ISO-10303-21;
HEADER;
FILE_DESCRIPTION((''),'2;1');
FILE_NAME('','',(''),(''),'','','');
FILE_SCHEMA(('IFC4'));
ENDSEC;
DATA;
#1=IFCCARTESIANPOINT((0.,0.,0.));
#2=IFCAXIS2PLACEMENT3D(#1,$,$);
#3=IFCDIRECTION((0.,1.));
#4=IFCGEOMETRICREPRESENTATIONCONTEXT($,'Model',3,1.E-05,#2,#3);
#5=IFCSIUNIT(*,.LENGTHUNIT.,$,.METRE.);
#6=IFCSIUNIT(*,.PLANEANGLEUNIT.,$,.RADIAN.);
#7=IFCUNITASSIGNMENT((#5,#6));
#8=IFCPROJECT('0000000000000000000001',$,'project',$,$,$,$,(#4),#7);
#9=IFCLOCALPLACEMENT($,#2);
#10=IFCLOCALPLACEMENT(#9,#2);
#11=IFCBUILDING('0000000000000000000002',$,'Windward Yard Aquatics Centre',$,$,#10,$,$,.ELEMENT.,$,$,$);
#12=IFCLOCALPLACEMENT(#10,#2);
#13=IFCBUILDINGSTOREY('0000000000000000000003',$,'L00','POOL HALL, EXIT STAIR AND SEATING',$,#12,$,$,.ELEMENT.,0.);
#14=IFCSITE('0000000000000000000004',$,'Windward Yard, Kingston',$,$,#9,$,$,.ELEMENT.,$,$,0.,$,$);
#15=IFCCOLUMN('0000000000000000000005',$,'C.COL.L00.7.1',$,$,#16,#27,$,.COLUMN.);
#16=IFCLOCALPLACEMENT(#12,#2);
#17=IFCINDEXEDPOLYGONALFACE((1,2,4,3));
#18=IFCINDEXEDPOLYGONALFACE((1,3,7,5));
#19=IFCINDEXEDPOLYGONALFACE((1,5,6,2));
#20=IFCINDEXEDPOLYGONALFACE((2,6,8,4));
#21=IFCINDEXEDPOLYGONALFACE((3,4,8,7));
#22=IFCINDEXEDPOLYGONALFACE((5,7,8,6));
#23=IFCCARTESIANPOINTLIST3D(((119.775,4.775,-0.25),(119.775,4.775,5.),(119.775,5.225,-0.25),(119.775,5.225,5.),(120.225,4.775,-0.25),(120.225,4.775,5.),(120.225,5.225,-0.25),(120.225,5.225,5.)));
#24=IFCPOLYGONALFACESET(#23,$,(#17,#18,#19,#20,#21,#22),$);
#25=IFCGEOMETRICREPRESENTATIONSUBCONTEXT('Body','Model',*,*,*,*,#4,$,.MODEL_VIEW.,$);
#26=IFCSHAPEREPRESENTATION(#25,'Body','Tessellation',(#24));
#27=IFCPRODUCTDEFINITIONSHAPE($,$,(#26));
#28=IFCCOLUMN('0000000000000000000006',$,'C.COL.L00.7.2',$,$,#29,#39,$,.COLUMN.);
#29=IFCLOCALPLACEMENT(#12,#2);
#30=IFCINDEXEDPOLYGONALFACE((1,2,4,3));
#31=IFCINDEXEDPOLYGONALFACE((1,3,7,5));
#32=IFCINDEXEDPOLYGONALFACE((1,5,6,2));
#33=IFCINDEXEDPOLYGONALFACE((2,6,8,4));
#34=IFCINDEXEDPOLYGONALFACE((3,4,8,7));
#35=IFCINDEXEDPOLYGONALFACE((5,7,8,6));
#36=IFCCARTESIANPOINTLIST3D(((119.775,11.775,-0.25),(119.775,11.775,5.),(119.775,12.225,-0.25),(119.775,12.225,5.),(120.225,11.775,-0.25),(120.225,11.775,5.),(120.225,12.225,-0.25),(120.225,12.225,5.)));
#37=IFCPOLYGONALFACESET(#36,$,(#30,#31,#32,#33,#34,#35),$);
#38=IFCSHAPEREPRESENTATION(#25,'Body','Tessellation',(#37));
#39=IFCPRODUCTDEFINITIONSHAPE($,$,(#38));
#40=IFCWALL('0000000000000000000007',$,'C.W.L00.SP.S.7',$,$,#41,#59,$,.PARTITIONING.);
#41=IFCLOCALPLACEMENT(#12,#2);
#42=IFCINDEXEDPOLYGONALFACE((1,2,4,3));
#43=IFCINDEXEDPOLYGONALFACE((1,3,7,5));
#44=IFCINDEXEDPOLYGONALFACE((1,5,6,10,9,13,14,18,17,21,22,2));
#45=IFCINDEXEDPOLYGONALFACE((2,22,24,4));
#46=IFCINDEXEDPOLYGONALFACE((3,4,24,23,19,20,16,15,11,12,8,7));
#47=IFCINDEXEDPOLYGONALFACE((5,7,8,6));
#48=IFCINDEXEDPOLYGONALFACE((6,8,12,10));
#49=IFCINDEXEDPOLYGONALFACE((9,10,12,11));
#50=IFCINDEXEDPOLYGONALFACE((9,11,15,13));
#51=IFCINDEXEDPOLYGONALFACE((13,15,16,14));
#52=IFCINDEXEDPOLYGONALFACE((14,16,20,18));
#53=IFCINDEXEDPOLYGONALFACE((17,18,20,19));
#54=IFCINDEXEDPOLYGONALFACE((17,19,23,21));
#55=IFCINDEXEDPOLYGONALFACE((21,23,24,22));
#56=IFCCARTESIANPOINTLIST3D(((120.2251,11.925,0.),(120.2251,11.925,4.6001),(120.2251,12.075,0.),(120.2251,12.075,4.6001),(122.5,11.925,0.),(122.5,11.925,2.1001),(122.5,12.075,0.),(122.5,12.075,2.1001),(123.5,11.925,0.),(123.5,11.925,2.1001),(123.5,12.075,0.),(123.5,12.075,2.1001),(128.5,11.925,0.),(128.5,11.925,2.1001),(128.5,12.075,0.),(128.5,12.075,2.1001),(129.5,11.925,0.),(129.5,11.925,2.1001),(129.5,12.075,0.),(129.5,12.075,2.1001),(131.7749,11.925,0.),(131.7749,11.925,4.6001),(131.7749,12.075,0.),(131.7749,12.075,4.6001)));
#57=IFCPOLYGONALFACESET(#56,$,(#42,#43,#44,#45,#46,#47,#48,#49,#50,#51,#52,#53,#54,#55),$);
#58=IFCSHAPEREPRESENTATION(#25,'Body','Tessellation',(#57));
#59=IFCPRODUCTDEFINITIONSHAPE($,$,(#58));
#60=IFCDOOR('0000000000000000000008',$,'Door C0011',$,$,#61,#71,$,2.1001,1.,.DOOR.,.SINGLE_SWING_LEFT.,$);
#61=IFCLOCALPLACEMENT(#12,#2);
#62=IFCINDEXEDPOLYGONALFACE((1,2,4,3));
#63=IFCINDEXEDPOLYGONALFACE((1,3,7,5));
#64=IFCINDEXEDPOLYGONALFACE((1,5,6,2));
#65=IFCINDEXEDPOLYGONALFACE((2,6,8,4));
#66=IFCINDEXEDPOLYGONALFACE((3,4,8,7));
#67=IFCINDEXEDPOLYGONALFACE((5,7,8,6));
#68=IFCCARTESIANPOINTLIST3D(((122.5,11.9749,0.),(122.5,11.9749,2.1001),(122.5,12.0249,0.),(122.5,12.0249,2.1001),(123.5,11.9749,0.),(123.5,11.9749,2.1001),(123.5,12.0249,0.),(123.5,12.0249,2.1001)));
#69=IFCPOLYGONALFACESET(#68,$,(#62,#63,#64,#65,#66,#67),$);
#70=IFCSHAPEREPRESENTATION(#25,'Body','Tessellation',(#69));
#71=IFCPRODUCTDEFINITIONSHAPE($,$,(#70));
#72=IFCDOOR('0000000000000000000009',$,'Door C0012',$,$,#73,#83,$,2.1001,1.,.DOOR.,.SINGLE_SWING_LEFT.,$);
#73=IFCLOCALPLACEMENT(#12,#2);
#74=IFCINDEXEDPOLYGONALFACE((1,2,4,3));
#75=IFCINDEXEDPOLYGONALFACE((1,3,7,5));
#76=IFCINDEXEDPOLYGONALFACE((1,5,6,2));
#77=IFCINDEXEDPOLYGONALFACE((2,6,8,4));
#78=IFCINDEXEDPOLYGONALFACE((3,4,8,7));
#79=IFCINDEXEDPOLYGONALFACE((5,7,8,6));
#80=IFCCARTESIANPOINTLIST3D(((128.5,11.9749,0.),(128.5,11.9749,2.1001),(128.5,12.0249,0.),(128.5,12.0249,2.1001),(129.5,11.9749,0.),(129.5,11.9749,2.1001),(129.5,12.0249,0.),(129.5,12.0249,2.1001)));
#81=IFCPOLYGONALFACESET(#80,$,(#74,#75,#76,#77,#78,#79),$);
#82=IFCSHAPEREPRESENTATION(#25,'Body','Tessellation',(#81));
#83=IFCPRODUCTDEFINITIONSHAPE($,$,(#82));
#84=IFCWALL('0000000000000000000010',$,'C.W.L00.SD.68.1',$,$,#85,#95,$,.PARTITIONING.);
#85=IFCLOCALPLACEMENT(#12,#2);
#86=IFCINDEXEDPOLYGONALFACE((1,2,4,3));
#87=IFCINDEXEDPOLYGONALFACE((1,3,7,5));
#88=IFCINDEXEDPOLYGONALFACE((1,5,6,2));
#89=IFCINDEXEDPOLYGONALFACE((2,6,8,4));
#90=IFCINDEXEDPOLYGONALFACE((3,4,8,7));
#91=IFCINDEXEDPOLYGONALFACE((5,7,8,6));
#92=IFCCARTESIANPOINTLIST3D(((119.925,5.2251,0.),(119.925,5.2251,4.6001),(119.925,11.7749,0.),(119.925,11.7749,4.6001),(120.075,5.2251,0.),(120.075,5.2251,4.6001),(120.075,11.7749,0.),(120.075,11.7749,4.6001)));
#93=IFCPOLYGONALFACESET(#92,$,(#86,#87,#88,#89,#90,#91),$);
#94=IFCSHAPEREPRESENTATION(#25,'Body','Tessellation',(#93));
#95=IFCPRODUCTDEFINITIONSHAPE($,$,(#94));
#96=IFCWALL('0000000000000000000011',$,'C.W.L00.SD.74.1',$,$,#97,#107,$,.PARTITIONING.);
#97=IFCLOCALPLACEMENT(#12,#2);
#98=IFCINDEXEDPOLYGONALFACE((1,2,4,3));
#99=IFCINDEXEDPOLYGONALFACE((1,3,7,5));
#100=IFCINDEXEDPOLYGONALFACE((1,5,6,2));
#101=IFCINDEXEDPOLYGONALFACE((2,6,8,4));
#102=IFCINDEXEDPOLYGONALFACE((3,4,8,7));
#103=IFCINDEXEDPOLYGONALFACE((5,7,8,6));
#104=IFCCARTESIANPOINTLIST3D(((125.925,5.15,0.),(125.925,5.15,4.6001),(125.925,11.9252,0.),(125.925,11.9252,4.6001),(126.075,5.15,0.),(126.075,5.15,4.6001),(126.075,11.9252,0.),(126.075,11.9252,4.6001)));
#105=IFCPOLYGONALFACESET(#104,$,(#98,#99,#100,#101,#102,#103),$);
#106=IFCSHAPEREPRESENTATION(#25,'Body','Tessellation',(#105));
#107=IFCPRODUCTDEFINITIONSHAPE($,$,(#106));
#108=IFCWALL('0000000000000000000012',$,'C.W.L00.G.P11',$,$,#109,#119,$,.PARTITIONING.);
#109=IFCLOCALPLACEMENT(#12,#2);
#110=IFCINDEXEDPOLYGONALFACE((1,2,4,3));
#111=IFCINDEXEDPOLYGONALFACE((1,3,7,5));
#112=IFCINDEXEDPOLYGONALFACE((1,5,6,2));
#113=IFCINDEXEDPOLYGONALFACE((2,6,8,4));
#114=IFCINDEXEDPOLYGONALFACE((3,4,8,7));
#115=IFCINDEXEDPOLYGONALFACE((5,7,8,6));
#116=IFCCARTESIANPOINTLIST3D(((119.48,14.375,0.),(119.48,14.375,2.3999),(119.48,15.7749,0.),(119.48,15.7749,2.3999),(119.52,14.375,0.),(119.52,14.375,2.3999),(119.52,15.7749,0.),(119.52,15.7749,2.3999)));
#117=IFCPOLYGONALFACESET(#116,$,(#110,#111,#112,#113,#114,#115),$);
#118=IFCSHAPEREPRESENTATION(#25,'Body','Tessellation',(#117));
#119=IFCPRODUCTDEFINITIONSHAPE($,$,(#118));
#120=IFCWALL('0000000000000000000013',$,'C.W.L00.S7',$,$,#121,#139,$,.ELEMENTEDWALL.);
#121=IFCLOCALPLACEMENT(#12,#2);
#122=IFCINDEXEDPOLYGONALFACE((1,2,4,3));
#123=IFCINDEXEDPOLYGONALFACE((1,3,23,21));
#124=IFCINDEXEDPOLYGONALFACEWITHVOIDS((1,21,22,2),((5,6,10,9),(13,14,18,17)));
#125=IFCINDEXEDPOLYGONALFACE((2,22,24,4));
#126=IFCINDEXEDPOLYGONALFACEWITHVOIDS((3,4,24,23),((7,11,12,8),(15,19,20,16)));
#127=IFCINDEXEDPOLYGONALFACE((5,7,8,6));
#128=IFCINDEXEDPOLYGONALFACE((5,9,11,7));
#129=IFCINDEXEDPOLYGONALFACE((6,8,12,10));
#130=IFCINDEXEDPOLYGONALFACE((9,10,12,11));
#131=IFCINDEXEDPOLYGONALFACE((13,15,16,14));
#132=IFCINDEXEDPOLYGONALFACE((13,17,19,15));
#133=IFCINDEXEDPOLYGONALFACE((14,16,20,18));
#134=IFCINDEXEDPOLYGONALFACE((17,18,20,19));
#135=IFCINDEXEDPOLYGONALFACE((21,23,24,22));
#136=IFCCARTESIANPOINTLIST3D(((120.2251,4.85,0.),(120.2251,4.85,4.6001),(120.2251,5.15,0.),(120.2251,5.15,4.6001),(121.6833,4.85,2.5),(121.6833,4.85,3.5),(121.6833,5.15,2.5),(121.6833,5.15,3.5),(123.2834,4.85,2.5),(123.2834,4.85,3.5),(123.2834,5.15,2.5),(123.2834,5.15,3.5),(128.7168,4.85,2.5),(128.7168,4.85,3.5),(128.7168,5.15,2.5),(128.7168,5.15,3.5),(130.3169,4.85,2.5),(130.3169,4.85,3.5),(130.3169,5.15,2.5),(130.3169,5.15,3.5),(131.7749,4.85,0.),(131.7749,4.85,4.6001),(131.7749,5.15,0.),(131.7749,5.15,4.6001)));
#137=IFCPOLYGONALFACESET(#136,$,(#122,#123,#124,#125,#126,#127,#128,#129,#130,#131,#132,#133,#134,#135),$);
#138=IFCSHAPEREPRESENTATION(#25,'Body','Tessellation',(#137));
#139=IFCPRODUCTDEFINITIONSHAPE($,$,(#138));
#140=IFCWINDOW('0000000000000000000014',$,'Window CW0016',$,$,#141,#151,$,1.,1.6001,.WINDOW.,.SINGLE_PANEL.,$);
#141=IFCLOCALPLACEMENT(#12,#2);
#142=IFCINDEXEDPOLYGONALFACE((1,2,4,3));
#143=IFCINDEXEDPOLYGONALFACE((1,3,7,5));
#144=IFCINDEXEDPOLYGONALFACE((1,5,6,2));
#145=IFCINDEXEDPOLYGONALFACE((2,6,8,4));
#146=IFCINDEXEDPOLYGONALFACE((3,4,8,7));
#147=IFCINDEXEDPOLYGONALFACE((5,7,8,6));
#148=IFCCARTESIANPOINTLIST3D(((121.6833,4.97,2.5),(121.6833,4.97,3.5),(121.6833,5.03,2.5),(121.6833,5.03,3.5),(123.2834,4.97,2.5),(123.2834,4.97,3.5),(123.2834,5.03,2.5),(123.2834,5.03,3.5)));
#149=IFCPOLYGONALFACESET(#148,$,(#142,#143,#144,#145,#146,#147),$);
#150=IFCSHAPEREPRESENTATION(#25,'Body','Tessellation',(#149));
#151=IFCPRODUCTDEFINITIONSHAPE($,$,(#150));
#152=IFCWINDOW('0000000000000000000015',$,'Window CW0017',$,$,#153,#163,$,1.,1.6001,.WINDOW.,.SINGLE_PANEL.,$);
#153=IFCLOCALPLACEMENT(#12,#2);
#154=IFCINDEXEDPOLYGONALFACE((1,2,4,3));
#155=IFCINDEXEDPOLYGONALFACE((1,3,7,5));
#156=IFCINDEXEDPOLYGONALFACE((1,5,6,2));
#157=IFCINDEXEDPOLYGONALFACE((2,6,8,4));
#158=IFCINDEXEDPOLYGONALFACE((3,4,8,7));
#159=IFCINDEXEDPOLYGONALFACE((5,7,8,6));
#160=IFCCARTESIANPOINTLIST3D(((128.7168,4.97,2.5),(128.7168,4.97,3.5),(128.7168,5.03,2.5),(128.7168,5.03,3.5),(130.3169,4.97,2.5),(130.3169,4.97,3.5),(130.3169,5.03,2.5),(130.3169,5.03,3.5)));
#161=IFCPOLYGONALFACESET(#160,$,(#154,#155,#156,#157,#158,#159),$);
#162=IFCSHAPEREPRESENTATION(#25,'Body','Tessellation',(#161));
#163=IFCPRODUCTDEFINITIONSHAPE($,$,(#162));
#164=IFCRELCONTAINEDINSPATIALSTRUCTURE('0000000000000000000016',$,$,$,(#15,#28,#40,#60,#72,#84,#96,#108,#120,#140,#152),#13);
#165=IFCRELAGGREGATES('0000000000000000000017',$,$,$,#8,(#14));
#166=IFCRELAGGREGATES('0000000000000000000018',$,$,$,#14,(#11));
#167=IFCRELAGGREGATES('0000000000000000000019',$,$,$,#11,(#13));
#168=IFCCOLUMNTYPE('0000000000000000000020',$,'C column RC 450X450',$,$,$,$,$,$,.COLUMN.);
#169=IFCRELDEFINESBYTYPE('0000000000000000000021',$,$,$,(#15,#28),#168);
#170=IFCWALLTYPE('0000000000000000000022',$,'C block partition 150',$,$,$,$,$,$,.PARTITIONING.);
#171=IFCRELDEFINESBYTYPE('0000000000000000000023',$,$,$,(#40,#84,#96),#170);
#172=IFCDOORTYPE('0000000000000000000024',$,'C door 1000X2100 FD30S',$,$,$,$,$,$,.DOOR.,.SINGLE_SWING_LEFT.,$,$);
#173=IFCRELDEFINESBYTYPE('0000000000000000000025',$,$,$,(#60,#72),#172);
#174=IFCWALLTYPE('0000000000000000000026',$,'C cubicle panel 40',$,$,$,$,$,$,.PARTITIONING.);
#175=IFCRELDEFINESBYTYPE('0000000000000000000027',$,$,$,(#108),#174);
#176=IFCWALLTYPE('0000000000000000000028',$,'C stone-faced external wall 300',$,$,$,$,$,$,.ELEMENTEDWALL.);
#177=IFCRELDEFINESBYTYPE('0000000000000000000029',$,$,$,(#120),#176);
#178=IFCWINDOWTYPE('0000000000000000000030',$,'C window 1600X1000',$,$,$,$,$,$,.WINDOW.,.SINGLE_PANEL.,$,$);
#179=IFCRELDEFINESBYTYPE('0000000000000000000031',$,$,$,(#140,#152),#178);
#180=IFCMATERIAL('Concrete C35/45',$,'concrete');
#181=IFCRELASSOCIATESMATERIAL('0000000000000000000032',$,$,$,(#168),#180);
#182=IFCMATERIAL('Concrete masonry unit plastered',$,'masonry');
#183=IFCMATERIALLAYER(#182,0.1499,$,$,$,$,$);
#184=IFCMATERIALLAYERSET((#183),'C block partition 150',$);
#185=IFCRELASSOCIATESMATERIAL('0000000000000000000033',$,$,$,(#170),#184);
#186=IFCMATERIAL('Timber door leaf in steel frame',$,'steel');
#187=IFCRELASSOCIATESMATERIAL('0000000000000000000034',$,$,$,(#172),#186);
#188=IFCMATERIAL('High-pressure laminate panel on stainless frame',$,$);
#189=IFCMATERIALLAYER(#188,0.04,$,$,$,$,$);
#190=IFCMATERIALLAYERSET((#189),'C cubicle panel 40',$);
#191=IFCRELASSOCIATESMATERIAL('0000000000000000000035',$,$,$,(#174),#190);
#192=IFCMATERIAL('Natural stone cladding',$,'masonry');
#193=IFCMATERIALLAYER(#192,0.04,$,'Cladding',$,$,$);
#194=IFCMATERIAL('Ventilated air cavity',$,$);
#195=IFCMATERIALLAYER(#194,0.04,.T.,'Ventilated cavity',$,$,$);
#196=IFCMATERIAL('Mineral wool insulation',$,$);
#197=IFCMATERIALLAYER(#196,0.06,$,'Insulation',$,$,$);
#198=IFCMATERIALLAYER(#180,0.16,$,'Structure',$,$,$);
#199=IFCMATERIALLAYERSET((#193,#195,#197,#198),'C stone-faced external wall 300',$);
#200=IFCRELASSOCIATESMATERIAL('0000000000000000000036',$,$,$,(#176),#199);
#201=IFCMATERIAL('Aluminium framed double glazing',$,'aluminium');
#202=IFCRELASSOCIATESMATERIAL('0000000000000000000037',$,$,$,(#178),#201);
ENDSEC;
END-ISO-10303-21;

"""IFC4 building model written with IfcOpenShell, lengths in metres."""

from ifc_helpers import new_model, si_unit, direction, frame, frame_2d, origin, origin_2d, place, context, subcontext, project, spatial, rectangle, extrude, material, layer, layer_set, material_profile, profile_set, type_object, element, fill, save


model = new_model("IFC4")

# Units and contexts
model_context = context("Model", 3, precision=1e-05, world=origin(), true_north=direction((0.0, 1.0)))
body_context = subcontext(model_context, "Body", "Model", "MODEL_VIEW")
ifc_project = project(units=[si_unit("LENGTHUNIT", "METRE"), si_unit("PLANEANGLEUNIT", "RADIAN")], contexts=[model_context])

# Site, building, storey
site_placement = place(None, origin())
site = spatial("IfcSite", under=ifc_project, at=site_placement, Name="Windward Yard, Kingston", CompositionType="ELEMENT", RefElevation=0.0)
building_placement = place(site_placement, origin())
building = spatial("IfcBuilding", under=site, at=building_placement, Name="Windward Yard Aquatics Centre", CompositionType="ELEMENT")
storey_placement = place(building_placement, origin())
storey = spatial("IfcBuildingStorey", under=building, at=storey_placement, Name="L00", Description="POOL HALL, EXIT STAIR AND SEATING", CompositionType="ELEMENT", Elevation=0.0)

# Shared definitions
ifc_material_1 = material(Name="Concrete C35/45", Category="concrete")

# Columns
ifc_material_profile_1 = material_profile(ifc_material_1, rectangle(XDim=0.45, YDim=0.45, at=origin_2d()), Name="RC 450X450")
ifc_profile_set_1 = profile_set([ifc_material_profile_1], Name="Concrete C35/45")
column_type = type_object("IfcColumnType", Name="C column RC 450X450", PredefinedType="COLUMN", material=ifc_profile_set_1)
for number, where, z_axis, x_axis, name in (
    (1, (120.0, 5.0, -0.25), (0.0, 0.0, 1.0), (1.0, 0.0, 0.0), "C.COL.L00.7.1"),
    (2, (120.0, 12.0, -0.25), (0.0, 0.0, 1.0), (1.0, 0.0, 0.0), "C.COL.L00.7.2"),
):
    element("IfcColumn", number, at=place(storey_placement, frame(where, z_axis=z_axis, x_axis=x_axis)), inside=storey, type_object=column_type, Name=name, PredefinedType="COLUMN", context=body_context, shape_type="SweptSolid", body=[
        extrude(rectangle(XDim=0.45, YDim=0.45, at=origin_2d()), origin(), (0.0, 0.0, 1.0), 5.25),
    ])

# Wall, openings, doors
ifc_material_2 = material(Name="Concrete masonry unit plastered", Category="masonry")
ifc_layer_1 = layer(ifc_material_2, 0.1499)
ifc_layer_set_1 = layer_set([ifc_layer_1], Name="C block partition 150")
wall_type_1 = type_object("IfcWallType", Name="C block partition 150", PredefinedType="PARTITIONING", material=ifc_layer_set_1)
wall_1_placement = place(storey_placement, frame((120.2251, 12.0, 0.0), z_axis=(0.0, 0.0, 1.0), x_axis=(1.0, 0.0, 0.0)))
wall_1 = element("IfcWall", 3, at=wall_1_placement, inside=storey, type_object=wall_type_1, Name="C.W.L00.SP.S.7", PredefinedType="PARTITIONING", context=body_context, shape_type="SweptSolid", body=[
    extrude(rectangle(XDim=11.5498, YDim=0.1499, at=frame_2d((5.7749, 0.0))), origin(), (0.0, 0.0, 1.0), 4.6001),
])
opening_1_placement = place(wall_1_placement, frame((2.2749, 0.0, 0.0)))
opening_1 = element("IfcOpeningElement", 4, at=opening_1_placement, cuts=wall_1, PredefinedType="OPENING", context=body_context, shape_type="SweptSolid", body=[
    extrude(rectangle(XDim=1.0, YDim=2.1001, at=frame_2d((0.5, 1.05))), frame((0.0, 0.085, 0.0), z_axis=(0.0, -1.0, 0.0), x_axis=(1.0, 0.0, 0.0)), (0.0, 0.0, 1.0), 0.1699),
])
opening_2_placement = place(wall_1_placement, frame((8.2749, 0.0, 0.0)))
opening_2 = element("IfcOpeningElement", 5, at=opening_2_placement, cuts=wall_1, PredefinedType="OPENING", context=body_context, shape_type="SweptSolid", body=[
    extrude(rectangle(XDim=1.0, YDim=2.1001, at=frame_2d((0.5, 1.05))), frame((0.0, 0.085, 0.0), z_axis=(0.0, -1.0, 0.0), x_axis=(1.0, 0.0, 0.0)), (0.0, 0.0, 1.0), 0.1699),
])
ifc_material_3 = material(Name="Timber door leaf in steel frame", Category="steel")
door_type = type_object("IfcDoorType", Name="C door 1000X2100 FD30S", OperationType="SINGLE_SWING_LEFT", PredefinedType="DOOR", material=ifc_material_3)
door_1_placement = place(opening_1_placement, origin())
door_1 = element("IfcDoor", 6, at=door_1_placement, inside=storey, type_object=door_type, Name="Door C0011", OperationType="SINGLE_SWING_LEFT", OverallHeight=2.1001, OverallWidth=1.0, PredefinedType="DOOR", context=body_context, shape_type="SweptSolid", body=[
    extrude(rectangle(XDim=1.0, YDim=2.1001, at=frame_2d((0.5, 1.05))), frame((0.0, 0.0249, 0.0), z_axis=(0.0, -1.0, 0.0), x_axis=(1.0, 0.0, 0.0)), (0.0, 0.0, 1.0), 0.05),
])
fill(opening_1, door_1)
door_2_placement = place(opening_2_placement, origin())
door_2 = element("IfcDoor", 7, at=door_2_placement, inside=storey, type_object=door_type, Name="Door C0012", OperationType="SINGLE_SWING_LEFT", OverallHeight=2.1001, OverallWidth=1.0, PredefinedType="DOOR", context=body_context, shape_type="SweptSolid", body=[
    extrude(rectangle(XDim=1.0, YDim=2.1001, at=frame_2d((0.5, 1.05))), frame((0.0, 0.0249, 0.0), z_axis=(0.0, -1.0, 0.0), x_axis=(1.0, 0.0, 0.0)), (0.0, 0.0, 1.0), 0.05),
])
fill(opening_2, door_2)

# Walls
wall_2_placement = place(storey_placement, frame((120.0, 5.2251, 0.0), z_axis=(0.0, 0.0, 1.0), x_axis=(0.0, 1.0, 0.0)))
element("IfcWall", 8, at=wall_2_placement, inside=storey, type_object=wall_type_1, Name="C.W.L00.SD.68.1", PredefinedType="PARTITIONING", context=body_context, shape_type="SweptSolid", body=[
    extrude(rectangle(XDim=6.5498, YDim=0.1499, at=frame_2d((3.2749, 0.0))), origin(), (0.0, 0.0, 1.0), 4.6001),
])
wall_3_placement = place(storey_placement, frame((126.0, 5.1499, 0.0), z_axis=(0.0, 0.0, 1.0), x_axis=(0.0, 1.0, 0.0)))
element("IfcWall", 9, at=wall_3_placement, inside=storey, type_object=wall_type_1, Name="C.W.L00.SD.74.1", PredefinedType="PARTITIONING", context=body_context, shape_type="SweptSolid", body=[
    extrude(rectangle(XDim=6.7751, YDim=0.1499, at=frame_2d((3.3877, 0.0))), origin(), (0.0, 0.0, 1.0), 4.6001),
])
ifc_material_4 = material(Name="High-pressure laminate panel on stainless frame")
ifc_layer_2 = layer(ifc_material_4, 0.04)
ifc_layer_set_2 = layer_set([ifc_layer_2], Name="C cubicle panel 40")
wall_type_2 = type_object("IfcWallType", Name="C cubicle panel 40", PredefinedType="PARTITIONING", material=ifc_layer_set_2)
wall_4_placement = place(storey_placement, frame((119.5, 14.375, 0.0), z_axis=(0.0, 0.0, 1.0), x_axis=(0.0, 1.0, 0.0)))
element("IfcWall", 10, at=wall_4_placement, inside=storey, type_object=wall_type_2, Name="C.W.L00.G.P11", PredefinedType="PARTITIONING", context=body_context, shape_type="SweptSolid", body=[
    extrude(rectangle(XDim=1.3999, YDim=0.04, at=frame_2d((0.7, 0.0))), origin(), (0.0, 0.0, 1.0), 2.3999),
])

# Wall, openings, windows
ifc_material_5 = material(Name="Natural stone cladding", Category="masonry")
ifc_layer_3 = layer(ifc_material_5, 0.04, Name="Cladding")
ifc_material_6 = material(Name="Ventilated air cavity")
ifc_layer_4 = layer(ifc_material_6, 0.04, ventilated=True, Name="Ventilated cavity")
ifc_material_7 = material(Name="Mineral wool insulation")
ifc_layer_5 = layer(ifc_material_7, 0.06, Name="Insulation")
ifc_layer_6 = layer(ifc_material_1, 0.16, Name="Structure")
ifc_layer_set_3 = layer_set([ifc_layer_3, ifc_layer_4, ifc_layer_5, ifc_layer_6], Name="C stone-faced external wall 300")
wall_type_3 = type_object("IfcWallType", Name="C stone-faced external wall 300", PredefinedType="ELEMENTEDWALL", material=ifc_layer_set_3)
wall_5_placement = place(storey_placement, frame((120.2251, 5.0, 0.0), z_axis=(0.0, 0.0, 1.0), x_axis=(1.0, 0.0, 0.0)))
wall_5 = element("IfcWall", 11, at=wall_5_placement, inside=storey, type_object=wall_type_3, Name="C.W.L00.S7", PredefinedType="ELEMENTEDWALL", context=body_context, shape_type="SweptSolid", body=[
    extrude(rectangle(XDim=11.5498, YDim=0.3, at=frame_2d((5.7749, 0.0))), origin(), (0.0, 0.0, 1.0), 4.6001),
])
opening_3_placement = place(wall_5_placement, frame((1.4583, 0.0, 2.5)))
opening_3 = element("IfcOpeningElement", 12, at=opening_3_placement, cuts=wall_5, PredefinedType="OPENING", context=body_context, shape_type="SweptSolid", body=[
    extrude(rectangle(XDim=1.6001, YDim=1.0, at=frame_2d((0.8, 0.5))), frame((0.0, 0.1602, 0.0), z_axis=(0.0, -1.0, 0.0), x_axis=(1.0, 0.0, 0.0)), (0.0, 0.0, 1.0), 0.3201),
])
opening_4_placement = place(wall_5_placement, frame((8.4917, 0.0, 2.5)))
opening_4 = element("IfcOpeningElement", 13, at=opening_4_placement, cuts=wall_5, PredefinedType="OPENING", context=body_context, shape_type="SweptSolid", body=[
    extrude(rectangle(XDim=1.6001, YDim=1.0, at=frame_2d((0.8, 0.5))), frame((0.0, 0.1602, 0.0), z_axis=(0.0, -1.0, 0.0), x_axis=(1.0, 0.0, 0.0)), (0.0, 0.0, 1.0), 0.3201),
])
ifc_material_8 = material(Name="Aluminium framed double glazing", Category="aluminium")
window_type = type_object("IfcWindowType", Name="C window 1600X1000", PartitioningType="SINGLE_PANEL", PredefinedType="WINDOW", material=ifc_material_8)
window_1_placement = place(opening_3_placement, origin())
window_1 = element("IfcWindow", 14, at=window_1_placement, inside=storey, type_object=window_type, Name="Window CW0016", OverallHeight=1.0, OverallWidth=1.6001, PartitioningType="SINGLE_PANEL", PredefinedType="WINDOW", context=body_context, shape_type="SweptSolid", body=[
    extrude(rectangle(XDim=1.6001, YDim=1.0, at=frame_2d((0.8, 0.5))), frame((0.0, 0.03, 0.0), z_axis=(0.0, -1.0, 0.0), x_axis=(1.0, 0.0, 0.0)), (0.0, 0.0, 1.0), 0.0601),
])
fill(opening_3, window_1)
window_2_placement = place(opening_4_placement, origin())
window_2 = element("IfcWindow", 15, at=window_2_placement, inside=storey, type_object=window_type, Name="Window CW0017", OverallHeight=1.0, OverallWidth=1.6001, PartitioningType="SINGLE_PANEL", PredefinedType="WINDOW", context=body_context, shape_type="SweptSolid", body=[
    extrude(rectangle(XDim=1.6001, YDim=1.0, at=frame_2d((0.8, 0.5))), frame((0.0, 0.03, 0.0), z_axis=(0.0, -1.0, 0.0), x_axis=(1.0, 0.0, 0.0)), (0.0, 0.0, 1.0), 0.0601),
])
fill(opening_4, window_2)

save(model, "model.ifc")
